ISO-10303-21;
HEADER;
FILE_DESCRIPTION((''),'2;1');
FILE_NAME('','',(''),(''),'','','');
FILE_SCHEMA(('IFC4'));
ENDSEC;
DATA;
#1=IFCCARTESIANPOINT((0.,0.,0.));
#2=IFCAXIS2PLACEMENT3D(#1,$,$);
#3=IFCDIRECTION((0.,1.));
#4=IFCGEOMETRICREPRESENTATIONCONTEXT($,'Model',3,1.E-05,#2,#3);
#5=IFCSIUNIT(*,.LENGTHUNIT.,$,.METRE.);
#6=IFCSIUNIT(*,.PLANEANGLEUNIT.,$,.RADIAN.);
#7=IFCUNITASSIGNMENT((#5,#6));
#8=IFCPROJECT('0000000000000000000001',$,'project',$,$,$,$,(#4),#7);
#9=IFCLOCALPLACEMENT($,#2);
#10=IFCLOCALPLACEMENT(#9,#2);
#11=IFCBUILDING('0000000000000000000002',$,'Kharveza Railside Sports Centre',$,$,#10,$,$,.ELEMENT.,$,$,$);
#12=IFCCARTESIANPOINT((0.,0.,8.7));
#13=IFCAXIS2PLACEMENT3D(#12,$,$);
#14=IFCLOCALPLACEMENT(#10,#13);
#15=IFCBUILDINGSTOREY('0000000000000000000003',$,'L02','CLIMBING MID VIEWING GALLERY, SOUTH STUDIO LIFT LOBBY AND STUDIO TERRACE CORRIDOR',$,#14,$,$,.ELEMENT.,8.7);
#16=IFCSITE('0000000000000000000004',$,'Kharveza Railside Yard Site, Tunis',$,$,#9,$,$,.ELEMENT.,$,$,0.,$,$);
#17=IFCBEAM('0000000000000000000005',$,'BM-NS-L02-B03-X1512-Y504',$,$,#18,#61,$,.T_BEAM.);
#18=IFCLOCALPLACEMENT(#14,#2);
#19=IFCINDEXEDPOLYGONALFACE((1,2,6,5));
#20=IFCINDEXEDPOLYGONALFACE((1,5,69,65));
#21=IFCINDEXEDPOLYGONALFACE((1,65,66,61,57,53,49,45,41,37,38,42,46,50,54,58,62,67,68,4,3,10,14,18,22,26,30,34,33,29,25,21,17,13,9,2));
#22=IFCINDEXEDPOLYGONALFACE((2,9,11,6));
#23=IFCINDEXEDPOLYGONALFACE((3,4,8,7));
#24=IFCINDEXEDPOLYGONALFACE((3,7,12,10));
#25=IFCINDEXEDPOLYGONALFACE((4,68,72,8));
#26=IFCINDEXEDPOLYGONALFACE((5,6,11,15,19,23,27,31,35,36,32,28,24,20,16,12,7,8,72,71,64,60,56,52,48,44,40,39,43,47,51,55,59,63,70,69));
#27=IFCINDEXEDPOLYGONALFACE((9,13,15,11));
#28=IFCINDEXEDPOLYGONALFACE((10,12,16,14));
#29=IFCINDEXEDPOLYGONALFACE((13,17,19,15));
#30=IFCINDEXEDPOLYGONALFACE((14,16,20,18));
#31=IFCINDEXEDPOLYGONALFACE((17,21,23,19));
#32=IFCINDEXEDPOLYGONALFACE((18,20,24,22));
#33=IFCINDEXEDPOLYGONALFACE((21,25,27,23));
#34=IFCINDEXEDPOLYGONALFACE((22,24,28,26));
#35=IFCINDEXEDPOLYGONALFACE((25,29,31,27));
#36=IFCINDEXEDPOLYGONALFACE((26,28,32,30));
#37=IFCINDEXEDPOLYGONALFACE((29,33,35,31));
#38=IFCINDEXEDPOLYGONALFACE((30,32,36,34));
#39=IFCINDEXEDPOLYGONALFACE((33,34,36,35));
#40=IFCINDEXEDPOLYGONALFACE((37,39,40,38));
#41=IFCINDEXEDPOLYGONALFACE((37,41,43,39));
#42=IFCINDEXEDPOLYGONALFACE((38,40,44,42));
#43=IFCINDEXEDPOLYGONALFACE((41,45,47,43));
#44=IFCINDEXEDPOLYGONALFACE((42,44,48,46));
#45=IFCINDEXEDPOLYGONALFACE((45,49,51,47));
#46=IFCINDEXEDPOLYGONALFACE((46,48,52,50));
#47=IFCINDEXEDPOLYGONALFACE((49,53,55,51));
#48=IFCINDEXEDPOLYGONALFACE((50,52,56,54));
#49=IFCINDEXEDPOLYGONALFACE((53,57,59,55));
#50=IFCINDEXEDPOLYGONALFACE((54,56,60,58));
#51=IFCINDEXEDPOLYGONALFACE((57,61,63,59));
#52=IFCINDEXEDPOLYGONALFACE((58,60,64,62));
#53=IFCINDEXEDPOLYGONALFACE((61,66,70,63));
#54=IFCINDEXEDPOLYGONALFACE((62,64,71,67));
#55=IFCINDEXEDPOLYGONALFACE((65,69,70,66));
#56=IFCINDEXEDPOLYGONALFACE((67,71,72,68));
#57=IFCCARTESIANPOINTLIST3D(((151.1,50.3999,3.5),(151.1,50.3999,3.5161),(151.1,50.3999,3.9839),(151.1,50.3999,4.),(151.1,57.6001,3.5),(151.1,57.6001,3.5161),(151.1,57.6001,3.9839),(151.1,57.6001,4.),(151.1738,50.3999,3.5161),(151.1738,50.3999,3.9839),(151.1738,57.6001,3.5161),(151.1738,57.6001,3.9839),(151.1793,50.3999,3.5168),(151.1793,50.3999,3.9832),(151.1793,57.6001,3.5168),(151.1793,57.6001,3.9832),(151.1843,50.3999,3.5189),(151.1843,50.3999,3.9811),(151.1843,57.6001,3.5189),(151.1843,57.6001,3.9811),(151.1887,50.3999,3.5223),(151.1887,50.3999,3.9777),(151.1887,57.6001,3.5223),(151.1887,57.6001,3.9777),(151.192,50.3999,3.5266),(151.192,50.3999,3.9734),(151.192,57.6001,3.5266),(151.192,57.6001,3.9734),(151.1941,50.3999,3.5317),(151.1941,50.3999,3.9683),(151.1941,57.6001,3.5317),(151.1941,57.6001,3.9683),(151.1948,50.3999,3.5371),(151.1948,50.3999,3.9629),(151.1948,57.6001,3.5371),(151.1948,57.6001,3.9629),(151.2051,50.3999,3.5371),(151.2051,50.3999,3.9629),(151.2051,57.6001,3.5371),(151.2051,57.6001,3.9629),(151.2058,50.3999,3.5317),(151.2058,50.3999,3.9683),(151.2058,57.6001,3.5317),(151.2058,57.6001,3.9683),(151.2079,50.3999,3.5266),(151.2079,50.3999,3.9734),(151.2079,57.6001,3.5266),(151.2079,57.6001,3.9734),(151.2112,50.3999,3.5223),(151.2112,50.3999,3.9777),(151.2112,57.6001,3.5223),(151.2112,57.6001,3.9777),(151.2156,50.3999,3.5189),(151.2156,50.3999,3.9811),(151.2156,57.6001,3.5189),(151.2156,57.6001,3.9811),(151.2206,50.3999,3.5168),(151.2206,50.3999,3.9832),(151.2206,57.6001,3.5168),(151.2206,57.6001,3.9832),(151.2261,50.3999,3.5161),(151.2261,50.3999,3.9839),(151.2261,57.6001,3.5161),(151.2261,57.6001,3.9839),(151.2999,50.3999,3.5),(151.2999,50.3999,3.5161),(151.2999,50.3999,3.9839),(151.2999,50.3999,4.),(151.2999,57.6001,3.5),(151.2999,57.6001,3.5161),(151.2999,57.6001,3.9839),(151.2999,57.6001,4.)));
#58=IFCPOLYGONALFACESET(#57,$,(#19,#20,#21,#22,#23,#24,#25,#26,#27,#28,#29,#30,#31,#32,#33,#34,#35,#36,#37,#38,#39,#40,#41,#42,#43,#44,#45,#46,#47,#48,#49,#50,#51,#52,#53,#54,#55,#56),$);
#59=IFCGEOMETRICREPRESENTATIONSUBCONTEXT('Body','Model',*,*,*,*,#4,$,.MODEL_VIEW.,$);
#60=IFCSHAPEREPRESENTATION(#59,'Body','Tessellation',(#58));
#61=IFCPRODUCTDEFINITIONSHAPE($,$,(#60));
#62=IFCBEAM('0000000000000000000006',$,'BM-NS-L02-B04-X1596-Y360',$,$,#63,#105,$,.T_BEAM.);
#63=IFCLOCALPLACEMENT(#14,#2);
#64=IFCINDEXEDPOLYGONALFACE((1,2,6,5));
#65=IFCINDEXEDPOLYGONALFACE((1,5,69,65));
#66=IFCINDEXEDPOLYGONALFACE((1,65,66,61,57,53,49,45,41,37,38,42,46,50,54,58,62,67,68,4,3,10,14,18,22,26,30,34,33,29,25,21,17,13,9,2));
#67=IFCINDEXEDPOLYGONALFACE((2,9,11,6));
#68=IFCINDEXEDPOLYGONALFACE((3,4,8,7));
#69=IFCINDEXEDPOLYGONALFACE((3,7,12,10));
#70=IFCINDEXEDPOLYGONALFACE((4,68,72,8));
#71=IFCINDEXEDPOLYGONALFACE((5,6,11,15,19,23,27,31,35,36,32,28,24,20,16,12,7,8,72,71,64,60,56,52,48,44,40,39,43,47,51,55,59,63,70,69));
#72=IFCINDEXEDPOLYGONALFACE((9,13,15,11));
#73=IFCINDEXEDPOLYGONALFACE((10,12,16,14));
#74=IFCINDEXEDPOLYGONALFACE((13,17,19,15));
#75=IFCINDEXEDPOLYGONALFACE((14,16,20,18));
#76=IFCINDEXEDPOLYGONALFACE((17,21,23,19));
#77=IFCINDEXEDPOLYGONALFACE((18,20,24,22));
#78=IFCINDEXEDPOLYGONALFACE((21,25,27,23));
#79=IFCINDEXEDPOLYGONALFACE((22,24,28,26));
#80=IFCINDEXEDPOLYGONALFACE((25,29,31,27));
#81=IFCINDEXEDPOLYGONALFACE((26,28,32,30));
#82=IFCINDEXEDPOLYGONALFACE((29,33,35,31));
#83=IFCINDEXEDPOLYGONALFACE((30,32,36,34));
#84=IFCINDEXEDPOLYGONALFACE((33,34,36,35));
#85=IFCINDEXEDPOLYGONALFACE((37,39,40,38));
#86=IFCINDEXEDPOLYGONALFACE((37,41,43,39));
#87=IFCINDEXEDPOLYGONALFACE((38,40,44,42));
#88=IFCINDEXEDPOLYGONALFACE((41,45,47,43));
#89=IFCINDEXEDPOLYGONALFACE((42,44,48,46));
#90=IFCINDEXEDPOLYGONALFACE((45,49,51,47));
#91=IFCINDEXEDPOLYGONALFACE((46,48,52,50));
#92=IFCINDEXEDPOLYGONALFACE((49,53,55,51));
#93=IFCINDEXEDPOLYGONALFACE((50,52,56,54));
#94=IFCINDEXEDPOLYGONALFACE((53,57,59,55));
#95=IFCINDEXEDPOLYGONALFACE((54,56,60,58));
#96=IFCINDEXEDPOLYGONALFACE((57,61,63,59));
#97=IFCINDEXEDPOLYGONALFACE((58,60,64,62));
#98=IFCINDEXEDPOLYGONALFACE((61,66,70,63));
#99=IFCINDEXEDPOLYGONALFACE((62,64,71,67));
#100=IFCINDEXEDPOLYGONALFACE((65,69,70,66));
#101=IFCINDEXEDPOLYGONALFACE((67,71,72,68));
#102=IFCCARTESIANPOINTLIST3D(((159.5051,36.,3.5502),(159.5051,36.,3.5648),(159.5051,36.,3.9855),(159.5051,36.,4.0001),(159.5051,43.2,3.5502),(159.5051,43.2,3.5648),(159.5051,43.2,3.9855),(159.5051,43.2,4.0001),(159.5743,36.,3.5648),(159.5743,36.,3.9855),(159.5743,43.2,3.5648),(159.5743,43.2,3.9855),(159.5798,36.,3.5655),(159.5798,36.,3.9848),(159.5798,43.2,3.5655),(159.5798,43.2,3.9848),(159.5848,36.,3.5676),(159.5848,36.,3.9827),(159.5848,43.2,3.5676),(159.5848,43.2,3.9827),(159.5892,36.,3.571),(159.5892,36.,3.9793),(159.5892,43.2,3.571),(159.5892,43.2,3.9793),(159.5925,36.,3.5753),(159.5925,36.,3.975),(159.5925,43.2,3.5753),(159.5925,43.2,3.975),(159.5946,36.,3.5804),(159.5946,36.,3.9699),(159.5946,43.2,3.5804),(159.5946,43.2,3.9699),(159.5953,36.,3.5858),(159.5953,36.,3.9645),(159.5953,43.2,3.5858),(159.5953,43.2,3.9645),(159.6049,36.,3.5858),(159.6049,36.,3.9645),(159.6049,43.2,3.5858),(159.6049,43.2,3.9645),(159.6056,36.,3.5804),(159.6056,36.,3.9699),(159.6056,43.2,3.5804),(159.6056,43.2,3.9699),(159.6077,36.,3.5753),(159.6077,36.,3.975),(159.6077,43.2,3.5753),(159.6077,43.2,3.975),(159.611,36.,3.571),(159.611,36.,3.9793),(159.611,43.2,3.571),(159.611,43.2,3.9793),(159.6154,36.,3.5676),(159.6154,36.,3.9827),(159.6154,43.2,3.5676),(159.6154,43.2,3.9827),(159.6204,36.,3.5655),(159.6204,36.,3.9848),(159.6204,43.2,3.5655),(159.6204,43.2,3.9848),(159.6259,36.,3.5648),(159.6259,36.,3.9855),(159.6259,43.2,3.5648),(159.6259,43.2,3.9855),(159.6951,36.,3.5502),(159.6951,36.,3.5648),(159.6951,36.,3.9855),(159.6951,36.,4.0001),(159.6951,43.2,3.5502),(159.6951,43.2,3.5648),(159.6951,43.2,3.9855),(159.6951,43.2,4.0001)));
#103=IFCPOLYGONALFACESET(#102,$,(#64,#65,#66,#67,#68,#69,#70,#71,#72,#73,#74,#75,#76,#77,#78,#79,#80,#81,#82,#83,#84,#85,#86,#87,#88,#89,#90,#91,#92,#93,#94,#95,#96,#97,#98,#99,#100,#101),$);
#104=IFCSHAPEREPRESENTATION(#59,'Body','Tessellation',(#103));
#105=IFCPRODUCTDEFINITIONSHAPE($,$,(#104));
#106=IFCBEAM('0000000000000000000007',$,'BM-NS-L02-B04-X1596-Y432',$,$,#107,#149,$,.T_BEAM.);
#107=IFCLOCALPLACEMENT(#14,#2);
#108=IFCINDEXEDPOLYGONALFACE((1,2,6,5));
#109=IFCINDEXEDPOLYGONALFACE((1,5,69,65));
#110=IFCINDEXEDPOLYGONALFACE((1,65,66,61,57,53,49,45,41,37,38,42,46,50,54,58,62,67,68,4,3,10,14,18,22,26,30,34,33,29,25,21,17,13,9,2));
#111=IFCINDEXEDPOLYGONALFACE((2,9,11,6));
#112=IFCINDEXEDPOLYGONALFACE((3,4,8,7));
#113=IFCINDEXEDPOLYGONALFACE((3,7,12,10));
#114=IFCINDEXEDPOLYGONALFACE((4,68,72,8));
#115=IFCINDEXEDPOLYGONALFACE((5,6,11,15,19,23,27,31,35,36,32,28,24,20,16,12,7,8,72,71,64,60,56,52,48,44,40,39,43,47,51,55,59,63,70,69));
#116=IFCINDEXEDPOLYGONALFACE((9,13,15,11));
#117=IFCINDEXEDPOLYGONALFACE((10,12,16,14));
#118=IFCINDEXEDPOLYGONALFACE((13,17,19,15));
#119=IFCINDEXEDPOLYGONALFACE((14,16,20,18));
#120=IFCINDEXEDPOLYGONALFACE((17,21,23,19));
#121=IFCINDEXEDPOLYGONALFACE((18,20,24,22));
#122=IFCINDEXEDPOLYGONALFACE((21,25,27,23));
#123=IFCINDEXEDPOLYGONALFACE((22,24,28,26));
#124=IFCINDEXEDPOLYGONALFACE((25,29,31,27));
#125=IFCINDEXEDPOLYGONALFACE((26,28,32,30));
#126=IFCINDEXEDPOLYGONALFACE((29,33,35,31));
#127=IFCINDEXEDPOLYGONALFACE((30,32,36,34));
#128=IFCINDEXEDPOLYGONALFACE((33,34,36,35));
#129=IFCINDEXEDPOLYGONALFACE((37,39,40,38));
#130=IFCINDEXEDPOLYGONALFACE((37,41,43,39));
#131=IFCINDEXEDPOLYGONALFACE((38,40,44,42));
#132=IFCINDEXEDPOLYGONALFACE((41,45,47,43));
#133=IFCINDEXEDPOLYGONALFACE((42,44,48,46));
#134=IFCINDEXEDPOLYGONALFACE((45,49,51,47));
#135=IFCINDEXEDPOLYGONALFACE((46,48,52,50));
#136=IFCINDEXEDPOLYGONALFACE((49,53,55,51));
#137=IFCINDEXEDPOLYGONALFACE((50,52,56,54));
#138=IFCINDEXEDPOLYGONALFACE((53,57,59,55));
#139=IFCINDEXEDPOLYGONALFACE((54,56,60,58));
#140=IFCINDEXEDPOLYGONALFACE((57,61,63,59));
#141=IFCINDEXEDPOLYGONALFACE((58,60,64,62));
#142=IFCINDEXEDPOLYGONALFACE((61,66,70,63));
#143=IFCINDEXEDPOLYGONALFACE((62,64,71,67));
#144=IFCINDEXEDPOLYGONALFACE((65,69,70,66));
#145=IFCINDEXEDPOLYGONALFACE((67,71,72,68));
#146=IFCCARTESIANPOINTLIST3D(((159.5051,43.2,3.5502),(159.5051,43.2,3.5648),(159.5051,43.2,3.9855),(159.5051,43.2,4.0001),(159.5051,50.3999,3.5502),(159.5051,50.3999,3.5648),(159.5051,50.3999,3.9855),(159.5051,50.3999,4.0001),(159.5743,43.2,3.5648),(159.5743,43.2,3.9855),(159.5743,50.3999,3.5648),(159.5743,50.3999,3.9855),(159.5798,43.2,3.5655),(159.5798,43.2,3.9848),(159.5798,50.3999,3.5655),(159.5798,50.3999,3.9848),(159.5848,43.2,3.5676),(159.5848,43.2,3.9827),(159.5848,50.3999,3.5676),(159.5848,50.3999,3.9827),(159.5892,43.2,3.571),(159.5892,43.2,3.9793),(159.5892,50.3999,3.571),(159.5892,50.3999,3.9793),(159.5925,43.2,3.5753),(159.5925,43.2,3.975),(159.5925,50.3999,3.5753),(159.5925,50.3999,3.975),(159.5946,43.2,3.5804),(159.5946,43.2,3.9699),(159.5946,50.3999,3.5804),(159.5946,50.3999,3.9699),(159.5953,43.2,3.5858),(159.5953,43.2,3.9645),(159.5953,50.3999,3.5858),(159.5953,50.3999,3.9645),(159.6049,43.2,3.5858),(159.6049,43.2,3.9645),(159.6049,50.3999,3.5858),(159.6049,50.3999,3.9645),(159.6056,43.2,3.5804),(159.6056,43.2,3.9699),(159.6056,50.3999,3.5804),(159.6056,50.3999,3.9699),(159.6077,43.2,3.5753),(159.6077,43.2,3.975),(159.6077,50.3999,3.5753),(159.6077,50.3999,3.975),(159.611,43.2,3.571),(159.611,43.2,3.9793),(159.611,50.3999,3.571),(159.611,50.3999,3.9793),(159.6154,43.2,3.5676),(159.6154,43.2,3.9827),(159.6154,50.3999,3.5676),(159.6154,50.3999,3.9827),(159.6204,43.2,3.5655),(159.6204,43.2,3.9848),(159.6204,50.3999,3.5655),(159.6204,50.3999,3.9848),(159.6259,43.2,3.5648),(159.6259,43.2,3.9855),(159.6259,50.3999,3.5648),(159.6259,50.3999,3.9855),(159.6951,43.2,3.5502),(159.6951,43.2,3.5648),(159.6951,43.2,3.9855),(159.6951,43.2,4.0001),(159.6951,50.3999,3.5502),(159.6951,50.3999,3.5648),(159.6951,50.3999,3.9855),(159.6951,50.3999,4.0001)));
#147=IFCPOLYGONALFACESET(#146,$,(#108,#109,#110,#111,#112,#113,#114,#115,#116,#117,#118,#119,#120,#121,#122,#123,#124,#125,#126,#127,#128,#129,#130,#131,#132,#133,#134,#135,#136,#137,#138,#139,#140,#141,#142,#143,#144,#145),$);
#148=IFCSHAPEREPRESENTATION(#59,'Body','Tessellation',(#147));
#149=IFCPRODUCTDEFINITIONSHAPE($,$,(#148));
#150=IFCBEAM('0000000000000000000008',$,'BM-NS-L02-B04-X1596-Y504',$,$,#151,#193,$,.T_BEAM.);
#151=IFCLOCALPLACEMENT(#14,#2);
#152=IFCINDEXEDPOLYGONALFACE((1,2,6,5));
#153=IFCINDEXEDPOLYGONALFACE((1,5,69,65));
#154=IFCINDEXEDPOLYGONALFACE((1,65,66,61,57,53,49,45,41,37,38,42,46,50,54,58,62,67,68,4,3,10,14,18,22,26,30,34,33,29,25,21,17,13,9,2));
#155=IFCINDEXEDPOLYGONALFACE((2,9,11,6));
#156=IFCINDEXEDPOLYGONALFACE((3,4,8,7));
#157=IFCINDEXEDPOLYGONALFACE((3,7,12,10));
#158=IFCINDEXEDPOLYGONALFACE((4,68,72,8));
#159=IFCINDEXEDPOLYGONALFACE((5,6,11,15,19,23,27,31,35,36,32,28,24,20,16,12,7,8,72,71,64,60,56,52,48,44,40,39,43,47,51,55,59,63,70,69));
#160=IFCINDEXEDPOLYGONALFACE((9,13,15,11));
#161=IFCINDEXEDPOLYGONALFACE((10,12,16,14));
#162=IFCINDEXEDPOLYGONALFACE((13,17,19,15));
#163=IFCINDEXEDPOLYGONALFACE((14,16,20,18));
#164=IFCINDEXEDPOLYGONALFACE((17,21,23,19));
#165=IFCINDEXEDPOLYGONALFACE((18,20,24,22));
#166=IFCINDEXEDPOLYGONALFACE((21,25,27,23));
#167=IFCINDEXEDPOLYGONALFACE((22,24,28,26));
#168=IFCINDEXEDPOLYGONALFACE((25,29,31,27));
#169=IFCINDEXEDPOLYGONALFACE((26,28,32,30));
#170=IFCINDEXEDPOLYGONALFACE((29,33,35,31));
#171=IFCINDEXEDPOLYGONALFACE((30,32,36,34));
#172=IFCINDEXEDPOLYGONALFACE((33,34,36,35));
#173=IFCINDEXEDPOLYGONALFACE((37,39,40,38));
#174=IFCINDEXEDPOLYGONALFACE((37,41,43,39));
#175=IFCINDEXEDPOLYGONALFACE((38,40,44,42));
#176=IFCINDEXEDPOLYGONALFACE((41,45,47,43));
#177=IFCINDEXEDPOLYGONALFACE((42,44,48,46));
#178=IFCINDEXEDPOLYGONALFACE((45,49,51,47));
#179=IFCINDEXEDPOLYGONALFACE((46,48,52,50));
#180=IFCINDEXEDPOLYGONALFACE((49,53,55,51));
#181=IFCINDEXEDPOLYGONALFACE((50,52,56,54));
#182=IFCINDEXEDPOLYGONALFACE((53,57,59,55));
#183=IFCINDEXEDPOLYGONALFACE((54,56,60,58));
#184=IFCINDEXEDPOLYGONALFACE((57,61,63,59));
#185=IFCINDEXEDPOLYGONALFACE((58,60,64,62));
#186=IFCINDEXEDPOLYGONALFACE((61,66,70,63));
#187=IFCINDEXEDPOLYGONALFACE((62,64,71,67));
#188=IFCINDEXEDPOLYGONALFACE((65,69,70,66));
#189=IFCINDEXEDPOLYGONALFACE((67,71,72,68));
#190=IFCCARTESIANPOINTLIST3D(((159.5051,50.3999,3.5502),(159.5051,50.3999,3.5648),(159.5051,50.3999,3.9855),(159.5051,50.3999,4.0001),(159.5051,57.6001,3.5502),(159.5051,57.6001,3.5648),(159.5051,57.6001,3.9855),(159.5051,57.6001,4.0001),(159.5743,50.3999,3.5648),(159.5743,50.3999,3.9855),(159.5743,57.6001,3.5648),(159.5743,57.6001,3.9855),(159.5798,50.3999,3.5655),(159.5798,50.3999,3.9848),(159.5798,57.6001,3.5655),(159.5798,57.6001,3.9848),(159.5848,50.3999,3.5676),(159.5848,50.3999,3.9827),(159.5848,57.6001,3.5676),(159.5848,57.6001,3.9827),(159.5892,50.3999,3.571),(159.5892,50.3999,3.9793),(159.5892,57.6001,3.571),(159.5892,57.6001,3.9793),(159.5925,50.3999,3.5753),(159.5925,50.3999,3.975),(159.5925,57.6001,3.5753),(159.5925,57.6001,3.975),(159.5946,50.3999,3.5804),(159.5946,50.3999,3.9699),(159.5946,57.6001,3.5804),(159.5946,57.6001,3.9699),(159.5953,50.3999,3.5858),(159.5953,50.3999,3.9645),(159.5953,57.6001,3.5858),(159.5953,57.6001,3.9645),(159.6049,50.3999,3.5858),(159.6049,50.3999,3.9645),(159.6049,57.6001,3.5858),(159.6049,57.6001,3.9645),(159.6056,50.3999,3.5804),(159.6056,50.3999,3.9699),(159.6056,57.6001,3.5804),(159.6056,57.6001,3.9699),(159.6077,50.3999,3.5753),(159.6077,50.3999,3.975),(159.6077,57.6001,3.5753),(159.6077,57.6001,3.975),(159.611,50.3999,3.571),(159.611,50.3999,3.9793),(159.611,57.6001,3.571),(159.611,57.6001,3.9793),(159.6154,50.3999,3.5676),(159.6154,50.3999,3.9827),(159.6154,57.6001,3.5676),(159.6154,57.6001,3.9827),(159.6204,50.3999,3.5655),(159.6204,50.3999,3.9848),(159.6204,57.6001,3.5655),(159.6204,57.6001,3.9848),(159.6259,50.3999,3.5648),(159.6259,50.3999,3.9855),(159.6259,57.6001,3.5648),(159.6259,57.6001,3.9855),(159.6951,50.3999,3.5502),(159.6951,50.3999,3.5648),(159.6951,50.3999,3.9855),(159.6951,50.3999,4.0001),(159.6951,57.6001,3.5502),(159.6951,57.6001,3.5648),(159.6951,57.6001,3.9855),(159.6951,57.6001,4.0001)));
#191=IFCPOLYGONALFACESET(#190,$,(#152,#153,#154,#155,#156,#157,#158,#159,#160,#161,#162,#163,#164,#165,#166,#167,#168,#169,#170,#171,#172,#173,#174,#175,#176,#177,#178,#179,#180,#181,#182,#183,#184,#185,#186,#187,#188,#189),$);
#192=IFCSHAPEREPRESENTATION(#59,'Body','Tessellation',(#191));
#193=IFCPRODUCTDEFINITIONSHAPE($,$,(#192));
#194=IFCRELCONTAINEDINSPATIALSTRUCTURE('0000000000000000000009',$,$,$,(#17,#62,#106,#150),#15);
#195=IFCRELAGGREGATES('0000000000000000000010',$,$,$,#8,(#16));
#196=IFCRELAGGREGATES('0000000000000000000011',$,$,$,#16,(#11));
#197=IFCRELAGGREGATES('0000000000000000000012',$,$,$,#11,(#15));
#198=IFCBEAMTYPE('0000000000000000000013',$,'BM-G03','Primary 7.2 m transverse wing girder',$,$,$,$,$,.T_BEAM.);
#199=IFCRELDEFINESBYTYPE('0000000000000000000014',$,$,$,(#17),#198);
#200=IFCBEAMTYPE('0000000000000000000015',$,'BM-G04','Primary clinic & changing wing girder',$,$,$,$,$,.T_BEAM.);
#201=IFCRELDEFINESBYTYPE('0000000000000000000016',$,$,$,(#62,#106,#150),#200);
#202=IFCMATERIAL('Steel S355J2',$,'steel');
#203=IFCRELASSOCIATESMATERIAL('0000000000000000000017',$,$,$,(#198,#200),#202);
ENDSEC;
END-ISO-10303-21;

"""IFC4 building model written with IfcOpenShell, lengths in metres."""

from ifc_helpers import new_model, si_unit, direction, frame, origin, origin_2d, place, context, subcontext, project, spatial, i_section, extrude, material, material_profile, profile_set, type_object, element, save


model = new_model("IFC4")

# Units and contexts
model_context = context("Model", 3, precision=1e-05, world=origin(), true_north=direction((0.0, 1.0)))
body_context = subcontext(model_context, "Body", "Model", "MODEL_VIEW")
ifc_project = project(units=[si_unit("LENGTHUNIT", "METRE"), si_unit("PLANEANGLEUNIT", "RADIAN")], contexts=[model_context])

# Site, building, storey
site_placement = place(None, origin())
site = spatial("IfcSite", under=ifc_project, at=site_placement, Name="Kharveza Railside Yard Site, Tunis", CompositionType="ELEMENT", RefElevation=0.0)
building_placement = place(site_placement, origin())
building = spatial("IfcBuilding", under=site, at=building_placement, Name="Kharveza Railside Sports Centre", CompositionType="ELEMENT")
storey_placement = place(building_placement, frame((0.0, 0.0, 8.7)))
storey = spatial("IfcBuildingStorey", under=building, at=storey_placement, Name="L02", Description="CLIMBING MID VIEWING GALLERY, SOUTH STUDIO LIFT LOBBY AND STUDIO TERRACE CORRIDOR", CompositionType="ELEMENT", Elevation=8.7)

# Shared definitions
ifc_material_1 = material(Name="Steel S355J2", Category="steel")

# Beams
ifc_material_profile_1 = material_profile(ifc_material_1, i_section(OverallWidth=0.2, OverallDepth=0.5, WebThickness=0.0103, FlangeThickness=0.0161, FilletRadius=0.021, at=origin_2d()), Name="IPE 500")
ifc_profile_set_1 = profile_set([ifc_material_profile_1], Name="Steel S355J2")
beam_type_1 = type_object("IfcBeamType", Name="BM-G03", Description="Primary 7.2 m transverse wing girder", PredefinedType="T_BEAM", material=ifc_profile_set_1)
beam_1_placement = place(storey_placement, frame((151.2, 50.3999, 3.75), z_axis=(0.0, 1.0, 0.0), x_axis=(-1.0, 0.0, 0.0)))
element("IfcBeam", 1, at=beam_1_placement, inside=storey, type_object=beam_type_1, Name="BM-NS-L02-B03-X1512-Y504", PredefinedType="T_BEAM", context=body_context, shape_type="SweptSolid", body=[
    extrude(i_section(OverallWidth=0.2, OverallDepth=0.5, WebThickness=0.0103, FlangeThickness=0.0161, FilletRadius=0.021, at=origin_2d()), origin(), (0.0, 0.0, 1.0), 7.2002),
])
ifc_material_profile_2 = material_profile(ifc_material_1, i_section(OverallWidth=0.1899, OverallDepth=0.45, WebThickness=0.0095, FlangeThickness=0.0146, FilletRadius=0.021, at=origin_2d()), Name="IPE 450")
ifc_profile_set_2 = profile_set([ifc_material_profile_2], Name="Steel S355J2")
beam_type_2 = type_object("IfcBeamType", Name="BM-G04", Description="Primary clinic & changing wing girder", PredefinedType="T_BEAM", material=ifc_profile_set_2)
for number, where, z_axis, x_axis, name in (
    (2, (159.6001, 36.0, 3.7751), (0.0, 1.0, 0.0), (-1.0, 0.0, 0.0), "BM-NS-L02-B04-X1596-Y360"),
    (3, (159.6001, 43.2, 3.7751), (0.0, 1.0, 0.0), (-1.0, 0.0, 0.0), "BM-NS-L02-B04-X1596-Y432"),
):
    element("IfcBeam", number, at=place(storey_placement, frame(where, z_axis=z_axis, x_axis=x_axis)), inside=storey, type_object=beam_type_2, Name=name, PredefinedType="T_BEAM", context=body_context, shape_type="SweptSolid", body=[
        extrude(i_section(OverallWidth=0.1899, OverallDepth=0.45, WebThickness=0.0095, FlangeThickness=0.0146, FilletRadius=0.021, at=origin_2d()), origin(), (0.0, 0.0, 1.0), 7.2),
    ])
beam_2_placement = place(storey_placement, frame((159.6001, 50.3999, 3.7751), z_axis=(0.0, 1.0, 0.0), x_axis=(-1.0, 0.0, 0.0)))
element("IfcBeam", 4, at=beam_2_placement, inside=storey, type_object=beam_type_2, Name="BM-NS-L02-B04-X1596-Y504", PredefinedType="T_BEAM", context=body_context, shape_type="SweptSolid", body=[
    extrude(i_section(OverallWidth=0.1899, OverallDepth=0.45, WebThickness=0.0095, FlangeThickness=0.0146, FilletRadius=0.021, at=origin_2d()), origin(), (0.0, 0.0, 1.0), 7.2002),
])

save(model, "model.ifc")
